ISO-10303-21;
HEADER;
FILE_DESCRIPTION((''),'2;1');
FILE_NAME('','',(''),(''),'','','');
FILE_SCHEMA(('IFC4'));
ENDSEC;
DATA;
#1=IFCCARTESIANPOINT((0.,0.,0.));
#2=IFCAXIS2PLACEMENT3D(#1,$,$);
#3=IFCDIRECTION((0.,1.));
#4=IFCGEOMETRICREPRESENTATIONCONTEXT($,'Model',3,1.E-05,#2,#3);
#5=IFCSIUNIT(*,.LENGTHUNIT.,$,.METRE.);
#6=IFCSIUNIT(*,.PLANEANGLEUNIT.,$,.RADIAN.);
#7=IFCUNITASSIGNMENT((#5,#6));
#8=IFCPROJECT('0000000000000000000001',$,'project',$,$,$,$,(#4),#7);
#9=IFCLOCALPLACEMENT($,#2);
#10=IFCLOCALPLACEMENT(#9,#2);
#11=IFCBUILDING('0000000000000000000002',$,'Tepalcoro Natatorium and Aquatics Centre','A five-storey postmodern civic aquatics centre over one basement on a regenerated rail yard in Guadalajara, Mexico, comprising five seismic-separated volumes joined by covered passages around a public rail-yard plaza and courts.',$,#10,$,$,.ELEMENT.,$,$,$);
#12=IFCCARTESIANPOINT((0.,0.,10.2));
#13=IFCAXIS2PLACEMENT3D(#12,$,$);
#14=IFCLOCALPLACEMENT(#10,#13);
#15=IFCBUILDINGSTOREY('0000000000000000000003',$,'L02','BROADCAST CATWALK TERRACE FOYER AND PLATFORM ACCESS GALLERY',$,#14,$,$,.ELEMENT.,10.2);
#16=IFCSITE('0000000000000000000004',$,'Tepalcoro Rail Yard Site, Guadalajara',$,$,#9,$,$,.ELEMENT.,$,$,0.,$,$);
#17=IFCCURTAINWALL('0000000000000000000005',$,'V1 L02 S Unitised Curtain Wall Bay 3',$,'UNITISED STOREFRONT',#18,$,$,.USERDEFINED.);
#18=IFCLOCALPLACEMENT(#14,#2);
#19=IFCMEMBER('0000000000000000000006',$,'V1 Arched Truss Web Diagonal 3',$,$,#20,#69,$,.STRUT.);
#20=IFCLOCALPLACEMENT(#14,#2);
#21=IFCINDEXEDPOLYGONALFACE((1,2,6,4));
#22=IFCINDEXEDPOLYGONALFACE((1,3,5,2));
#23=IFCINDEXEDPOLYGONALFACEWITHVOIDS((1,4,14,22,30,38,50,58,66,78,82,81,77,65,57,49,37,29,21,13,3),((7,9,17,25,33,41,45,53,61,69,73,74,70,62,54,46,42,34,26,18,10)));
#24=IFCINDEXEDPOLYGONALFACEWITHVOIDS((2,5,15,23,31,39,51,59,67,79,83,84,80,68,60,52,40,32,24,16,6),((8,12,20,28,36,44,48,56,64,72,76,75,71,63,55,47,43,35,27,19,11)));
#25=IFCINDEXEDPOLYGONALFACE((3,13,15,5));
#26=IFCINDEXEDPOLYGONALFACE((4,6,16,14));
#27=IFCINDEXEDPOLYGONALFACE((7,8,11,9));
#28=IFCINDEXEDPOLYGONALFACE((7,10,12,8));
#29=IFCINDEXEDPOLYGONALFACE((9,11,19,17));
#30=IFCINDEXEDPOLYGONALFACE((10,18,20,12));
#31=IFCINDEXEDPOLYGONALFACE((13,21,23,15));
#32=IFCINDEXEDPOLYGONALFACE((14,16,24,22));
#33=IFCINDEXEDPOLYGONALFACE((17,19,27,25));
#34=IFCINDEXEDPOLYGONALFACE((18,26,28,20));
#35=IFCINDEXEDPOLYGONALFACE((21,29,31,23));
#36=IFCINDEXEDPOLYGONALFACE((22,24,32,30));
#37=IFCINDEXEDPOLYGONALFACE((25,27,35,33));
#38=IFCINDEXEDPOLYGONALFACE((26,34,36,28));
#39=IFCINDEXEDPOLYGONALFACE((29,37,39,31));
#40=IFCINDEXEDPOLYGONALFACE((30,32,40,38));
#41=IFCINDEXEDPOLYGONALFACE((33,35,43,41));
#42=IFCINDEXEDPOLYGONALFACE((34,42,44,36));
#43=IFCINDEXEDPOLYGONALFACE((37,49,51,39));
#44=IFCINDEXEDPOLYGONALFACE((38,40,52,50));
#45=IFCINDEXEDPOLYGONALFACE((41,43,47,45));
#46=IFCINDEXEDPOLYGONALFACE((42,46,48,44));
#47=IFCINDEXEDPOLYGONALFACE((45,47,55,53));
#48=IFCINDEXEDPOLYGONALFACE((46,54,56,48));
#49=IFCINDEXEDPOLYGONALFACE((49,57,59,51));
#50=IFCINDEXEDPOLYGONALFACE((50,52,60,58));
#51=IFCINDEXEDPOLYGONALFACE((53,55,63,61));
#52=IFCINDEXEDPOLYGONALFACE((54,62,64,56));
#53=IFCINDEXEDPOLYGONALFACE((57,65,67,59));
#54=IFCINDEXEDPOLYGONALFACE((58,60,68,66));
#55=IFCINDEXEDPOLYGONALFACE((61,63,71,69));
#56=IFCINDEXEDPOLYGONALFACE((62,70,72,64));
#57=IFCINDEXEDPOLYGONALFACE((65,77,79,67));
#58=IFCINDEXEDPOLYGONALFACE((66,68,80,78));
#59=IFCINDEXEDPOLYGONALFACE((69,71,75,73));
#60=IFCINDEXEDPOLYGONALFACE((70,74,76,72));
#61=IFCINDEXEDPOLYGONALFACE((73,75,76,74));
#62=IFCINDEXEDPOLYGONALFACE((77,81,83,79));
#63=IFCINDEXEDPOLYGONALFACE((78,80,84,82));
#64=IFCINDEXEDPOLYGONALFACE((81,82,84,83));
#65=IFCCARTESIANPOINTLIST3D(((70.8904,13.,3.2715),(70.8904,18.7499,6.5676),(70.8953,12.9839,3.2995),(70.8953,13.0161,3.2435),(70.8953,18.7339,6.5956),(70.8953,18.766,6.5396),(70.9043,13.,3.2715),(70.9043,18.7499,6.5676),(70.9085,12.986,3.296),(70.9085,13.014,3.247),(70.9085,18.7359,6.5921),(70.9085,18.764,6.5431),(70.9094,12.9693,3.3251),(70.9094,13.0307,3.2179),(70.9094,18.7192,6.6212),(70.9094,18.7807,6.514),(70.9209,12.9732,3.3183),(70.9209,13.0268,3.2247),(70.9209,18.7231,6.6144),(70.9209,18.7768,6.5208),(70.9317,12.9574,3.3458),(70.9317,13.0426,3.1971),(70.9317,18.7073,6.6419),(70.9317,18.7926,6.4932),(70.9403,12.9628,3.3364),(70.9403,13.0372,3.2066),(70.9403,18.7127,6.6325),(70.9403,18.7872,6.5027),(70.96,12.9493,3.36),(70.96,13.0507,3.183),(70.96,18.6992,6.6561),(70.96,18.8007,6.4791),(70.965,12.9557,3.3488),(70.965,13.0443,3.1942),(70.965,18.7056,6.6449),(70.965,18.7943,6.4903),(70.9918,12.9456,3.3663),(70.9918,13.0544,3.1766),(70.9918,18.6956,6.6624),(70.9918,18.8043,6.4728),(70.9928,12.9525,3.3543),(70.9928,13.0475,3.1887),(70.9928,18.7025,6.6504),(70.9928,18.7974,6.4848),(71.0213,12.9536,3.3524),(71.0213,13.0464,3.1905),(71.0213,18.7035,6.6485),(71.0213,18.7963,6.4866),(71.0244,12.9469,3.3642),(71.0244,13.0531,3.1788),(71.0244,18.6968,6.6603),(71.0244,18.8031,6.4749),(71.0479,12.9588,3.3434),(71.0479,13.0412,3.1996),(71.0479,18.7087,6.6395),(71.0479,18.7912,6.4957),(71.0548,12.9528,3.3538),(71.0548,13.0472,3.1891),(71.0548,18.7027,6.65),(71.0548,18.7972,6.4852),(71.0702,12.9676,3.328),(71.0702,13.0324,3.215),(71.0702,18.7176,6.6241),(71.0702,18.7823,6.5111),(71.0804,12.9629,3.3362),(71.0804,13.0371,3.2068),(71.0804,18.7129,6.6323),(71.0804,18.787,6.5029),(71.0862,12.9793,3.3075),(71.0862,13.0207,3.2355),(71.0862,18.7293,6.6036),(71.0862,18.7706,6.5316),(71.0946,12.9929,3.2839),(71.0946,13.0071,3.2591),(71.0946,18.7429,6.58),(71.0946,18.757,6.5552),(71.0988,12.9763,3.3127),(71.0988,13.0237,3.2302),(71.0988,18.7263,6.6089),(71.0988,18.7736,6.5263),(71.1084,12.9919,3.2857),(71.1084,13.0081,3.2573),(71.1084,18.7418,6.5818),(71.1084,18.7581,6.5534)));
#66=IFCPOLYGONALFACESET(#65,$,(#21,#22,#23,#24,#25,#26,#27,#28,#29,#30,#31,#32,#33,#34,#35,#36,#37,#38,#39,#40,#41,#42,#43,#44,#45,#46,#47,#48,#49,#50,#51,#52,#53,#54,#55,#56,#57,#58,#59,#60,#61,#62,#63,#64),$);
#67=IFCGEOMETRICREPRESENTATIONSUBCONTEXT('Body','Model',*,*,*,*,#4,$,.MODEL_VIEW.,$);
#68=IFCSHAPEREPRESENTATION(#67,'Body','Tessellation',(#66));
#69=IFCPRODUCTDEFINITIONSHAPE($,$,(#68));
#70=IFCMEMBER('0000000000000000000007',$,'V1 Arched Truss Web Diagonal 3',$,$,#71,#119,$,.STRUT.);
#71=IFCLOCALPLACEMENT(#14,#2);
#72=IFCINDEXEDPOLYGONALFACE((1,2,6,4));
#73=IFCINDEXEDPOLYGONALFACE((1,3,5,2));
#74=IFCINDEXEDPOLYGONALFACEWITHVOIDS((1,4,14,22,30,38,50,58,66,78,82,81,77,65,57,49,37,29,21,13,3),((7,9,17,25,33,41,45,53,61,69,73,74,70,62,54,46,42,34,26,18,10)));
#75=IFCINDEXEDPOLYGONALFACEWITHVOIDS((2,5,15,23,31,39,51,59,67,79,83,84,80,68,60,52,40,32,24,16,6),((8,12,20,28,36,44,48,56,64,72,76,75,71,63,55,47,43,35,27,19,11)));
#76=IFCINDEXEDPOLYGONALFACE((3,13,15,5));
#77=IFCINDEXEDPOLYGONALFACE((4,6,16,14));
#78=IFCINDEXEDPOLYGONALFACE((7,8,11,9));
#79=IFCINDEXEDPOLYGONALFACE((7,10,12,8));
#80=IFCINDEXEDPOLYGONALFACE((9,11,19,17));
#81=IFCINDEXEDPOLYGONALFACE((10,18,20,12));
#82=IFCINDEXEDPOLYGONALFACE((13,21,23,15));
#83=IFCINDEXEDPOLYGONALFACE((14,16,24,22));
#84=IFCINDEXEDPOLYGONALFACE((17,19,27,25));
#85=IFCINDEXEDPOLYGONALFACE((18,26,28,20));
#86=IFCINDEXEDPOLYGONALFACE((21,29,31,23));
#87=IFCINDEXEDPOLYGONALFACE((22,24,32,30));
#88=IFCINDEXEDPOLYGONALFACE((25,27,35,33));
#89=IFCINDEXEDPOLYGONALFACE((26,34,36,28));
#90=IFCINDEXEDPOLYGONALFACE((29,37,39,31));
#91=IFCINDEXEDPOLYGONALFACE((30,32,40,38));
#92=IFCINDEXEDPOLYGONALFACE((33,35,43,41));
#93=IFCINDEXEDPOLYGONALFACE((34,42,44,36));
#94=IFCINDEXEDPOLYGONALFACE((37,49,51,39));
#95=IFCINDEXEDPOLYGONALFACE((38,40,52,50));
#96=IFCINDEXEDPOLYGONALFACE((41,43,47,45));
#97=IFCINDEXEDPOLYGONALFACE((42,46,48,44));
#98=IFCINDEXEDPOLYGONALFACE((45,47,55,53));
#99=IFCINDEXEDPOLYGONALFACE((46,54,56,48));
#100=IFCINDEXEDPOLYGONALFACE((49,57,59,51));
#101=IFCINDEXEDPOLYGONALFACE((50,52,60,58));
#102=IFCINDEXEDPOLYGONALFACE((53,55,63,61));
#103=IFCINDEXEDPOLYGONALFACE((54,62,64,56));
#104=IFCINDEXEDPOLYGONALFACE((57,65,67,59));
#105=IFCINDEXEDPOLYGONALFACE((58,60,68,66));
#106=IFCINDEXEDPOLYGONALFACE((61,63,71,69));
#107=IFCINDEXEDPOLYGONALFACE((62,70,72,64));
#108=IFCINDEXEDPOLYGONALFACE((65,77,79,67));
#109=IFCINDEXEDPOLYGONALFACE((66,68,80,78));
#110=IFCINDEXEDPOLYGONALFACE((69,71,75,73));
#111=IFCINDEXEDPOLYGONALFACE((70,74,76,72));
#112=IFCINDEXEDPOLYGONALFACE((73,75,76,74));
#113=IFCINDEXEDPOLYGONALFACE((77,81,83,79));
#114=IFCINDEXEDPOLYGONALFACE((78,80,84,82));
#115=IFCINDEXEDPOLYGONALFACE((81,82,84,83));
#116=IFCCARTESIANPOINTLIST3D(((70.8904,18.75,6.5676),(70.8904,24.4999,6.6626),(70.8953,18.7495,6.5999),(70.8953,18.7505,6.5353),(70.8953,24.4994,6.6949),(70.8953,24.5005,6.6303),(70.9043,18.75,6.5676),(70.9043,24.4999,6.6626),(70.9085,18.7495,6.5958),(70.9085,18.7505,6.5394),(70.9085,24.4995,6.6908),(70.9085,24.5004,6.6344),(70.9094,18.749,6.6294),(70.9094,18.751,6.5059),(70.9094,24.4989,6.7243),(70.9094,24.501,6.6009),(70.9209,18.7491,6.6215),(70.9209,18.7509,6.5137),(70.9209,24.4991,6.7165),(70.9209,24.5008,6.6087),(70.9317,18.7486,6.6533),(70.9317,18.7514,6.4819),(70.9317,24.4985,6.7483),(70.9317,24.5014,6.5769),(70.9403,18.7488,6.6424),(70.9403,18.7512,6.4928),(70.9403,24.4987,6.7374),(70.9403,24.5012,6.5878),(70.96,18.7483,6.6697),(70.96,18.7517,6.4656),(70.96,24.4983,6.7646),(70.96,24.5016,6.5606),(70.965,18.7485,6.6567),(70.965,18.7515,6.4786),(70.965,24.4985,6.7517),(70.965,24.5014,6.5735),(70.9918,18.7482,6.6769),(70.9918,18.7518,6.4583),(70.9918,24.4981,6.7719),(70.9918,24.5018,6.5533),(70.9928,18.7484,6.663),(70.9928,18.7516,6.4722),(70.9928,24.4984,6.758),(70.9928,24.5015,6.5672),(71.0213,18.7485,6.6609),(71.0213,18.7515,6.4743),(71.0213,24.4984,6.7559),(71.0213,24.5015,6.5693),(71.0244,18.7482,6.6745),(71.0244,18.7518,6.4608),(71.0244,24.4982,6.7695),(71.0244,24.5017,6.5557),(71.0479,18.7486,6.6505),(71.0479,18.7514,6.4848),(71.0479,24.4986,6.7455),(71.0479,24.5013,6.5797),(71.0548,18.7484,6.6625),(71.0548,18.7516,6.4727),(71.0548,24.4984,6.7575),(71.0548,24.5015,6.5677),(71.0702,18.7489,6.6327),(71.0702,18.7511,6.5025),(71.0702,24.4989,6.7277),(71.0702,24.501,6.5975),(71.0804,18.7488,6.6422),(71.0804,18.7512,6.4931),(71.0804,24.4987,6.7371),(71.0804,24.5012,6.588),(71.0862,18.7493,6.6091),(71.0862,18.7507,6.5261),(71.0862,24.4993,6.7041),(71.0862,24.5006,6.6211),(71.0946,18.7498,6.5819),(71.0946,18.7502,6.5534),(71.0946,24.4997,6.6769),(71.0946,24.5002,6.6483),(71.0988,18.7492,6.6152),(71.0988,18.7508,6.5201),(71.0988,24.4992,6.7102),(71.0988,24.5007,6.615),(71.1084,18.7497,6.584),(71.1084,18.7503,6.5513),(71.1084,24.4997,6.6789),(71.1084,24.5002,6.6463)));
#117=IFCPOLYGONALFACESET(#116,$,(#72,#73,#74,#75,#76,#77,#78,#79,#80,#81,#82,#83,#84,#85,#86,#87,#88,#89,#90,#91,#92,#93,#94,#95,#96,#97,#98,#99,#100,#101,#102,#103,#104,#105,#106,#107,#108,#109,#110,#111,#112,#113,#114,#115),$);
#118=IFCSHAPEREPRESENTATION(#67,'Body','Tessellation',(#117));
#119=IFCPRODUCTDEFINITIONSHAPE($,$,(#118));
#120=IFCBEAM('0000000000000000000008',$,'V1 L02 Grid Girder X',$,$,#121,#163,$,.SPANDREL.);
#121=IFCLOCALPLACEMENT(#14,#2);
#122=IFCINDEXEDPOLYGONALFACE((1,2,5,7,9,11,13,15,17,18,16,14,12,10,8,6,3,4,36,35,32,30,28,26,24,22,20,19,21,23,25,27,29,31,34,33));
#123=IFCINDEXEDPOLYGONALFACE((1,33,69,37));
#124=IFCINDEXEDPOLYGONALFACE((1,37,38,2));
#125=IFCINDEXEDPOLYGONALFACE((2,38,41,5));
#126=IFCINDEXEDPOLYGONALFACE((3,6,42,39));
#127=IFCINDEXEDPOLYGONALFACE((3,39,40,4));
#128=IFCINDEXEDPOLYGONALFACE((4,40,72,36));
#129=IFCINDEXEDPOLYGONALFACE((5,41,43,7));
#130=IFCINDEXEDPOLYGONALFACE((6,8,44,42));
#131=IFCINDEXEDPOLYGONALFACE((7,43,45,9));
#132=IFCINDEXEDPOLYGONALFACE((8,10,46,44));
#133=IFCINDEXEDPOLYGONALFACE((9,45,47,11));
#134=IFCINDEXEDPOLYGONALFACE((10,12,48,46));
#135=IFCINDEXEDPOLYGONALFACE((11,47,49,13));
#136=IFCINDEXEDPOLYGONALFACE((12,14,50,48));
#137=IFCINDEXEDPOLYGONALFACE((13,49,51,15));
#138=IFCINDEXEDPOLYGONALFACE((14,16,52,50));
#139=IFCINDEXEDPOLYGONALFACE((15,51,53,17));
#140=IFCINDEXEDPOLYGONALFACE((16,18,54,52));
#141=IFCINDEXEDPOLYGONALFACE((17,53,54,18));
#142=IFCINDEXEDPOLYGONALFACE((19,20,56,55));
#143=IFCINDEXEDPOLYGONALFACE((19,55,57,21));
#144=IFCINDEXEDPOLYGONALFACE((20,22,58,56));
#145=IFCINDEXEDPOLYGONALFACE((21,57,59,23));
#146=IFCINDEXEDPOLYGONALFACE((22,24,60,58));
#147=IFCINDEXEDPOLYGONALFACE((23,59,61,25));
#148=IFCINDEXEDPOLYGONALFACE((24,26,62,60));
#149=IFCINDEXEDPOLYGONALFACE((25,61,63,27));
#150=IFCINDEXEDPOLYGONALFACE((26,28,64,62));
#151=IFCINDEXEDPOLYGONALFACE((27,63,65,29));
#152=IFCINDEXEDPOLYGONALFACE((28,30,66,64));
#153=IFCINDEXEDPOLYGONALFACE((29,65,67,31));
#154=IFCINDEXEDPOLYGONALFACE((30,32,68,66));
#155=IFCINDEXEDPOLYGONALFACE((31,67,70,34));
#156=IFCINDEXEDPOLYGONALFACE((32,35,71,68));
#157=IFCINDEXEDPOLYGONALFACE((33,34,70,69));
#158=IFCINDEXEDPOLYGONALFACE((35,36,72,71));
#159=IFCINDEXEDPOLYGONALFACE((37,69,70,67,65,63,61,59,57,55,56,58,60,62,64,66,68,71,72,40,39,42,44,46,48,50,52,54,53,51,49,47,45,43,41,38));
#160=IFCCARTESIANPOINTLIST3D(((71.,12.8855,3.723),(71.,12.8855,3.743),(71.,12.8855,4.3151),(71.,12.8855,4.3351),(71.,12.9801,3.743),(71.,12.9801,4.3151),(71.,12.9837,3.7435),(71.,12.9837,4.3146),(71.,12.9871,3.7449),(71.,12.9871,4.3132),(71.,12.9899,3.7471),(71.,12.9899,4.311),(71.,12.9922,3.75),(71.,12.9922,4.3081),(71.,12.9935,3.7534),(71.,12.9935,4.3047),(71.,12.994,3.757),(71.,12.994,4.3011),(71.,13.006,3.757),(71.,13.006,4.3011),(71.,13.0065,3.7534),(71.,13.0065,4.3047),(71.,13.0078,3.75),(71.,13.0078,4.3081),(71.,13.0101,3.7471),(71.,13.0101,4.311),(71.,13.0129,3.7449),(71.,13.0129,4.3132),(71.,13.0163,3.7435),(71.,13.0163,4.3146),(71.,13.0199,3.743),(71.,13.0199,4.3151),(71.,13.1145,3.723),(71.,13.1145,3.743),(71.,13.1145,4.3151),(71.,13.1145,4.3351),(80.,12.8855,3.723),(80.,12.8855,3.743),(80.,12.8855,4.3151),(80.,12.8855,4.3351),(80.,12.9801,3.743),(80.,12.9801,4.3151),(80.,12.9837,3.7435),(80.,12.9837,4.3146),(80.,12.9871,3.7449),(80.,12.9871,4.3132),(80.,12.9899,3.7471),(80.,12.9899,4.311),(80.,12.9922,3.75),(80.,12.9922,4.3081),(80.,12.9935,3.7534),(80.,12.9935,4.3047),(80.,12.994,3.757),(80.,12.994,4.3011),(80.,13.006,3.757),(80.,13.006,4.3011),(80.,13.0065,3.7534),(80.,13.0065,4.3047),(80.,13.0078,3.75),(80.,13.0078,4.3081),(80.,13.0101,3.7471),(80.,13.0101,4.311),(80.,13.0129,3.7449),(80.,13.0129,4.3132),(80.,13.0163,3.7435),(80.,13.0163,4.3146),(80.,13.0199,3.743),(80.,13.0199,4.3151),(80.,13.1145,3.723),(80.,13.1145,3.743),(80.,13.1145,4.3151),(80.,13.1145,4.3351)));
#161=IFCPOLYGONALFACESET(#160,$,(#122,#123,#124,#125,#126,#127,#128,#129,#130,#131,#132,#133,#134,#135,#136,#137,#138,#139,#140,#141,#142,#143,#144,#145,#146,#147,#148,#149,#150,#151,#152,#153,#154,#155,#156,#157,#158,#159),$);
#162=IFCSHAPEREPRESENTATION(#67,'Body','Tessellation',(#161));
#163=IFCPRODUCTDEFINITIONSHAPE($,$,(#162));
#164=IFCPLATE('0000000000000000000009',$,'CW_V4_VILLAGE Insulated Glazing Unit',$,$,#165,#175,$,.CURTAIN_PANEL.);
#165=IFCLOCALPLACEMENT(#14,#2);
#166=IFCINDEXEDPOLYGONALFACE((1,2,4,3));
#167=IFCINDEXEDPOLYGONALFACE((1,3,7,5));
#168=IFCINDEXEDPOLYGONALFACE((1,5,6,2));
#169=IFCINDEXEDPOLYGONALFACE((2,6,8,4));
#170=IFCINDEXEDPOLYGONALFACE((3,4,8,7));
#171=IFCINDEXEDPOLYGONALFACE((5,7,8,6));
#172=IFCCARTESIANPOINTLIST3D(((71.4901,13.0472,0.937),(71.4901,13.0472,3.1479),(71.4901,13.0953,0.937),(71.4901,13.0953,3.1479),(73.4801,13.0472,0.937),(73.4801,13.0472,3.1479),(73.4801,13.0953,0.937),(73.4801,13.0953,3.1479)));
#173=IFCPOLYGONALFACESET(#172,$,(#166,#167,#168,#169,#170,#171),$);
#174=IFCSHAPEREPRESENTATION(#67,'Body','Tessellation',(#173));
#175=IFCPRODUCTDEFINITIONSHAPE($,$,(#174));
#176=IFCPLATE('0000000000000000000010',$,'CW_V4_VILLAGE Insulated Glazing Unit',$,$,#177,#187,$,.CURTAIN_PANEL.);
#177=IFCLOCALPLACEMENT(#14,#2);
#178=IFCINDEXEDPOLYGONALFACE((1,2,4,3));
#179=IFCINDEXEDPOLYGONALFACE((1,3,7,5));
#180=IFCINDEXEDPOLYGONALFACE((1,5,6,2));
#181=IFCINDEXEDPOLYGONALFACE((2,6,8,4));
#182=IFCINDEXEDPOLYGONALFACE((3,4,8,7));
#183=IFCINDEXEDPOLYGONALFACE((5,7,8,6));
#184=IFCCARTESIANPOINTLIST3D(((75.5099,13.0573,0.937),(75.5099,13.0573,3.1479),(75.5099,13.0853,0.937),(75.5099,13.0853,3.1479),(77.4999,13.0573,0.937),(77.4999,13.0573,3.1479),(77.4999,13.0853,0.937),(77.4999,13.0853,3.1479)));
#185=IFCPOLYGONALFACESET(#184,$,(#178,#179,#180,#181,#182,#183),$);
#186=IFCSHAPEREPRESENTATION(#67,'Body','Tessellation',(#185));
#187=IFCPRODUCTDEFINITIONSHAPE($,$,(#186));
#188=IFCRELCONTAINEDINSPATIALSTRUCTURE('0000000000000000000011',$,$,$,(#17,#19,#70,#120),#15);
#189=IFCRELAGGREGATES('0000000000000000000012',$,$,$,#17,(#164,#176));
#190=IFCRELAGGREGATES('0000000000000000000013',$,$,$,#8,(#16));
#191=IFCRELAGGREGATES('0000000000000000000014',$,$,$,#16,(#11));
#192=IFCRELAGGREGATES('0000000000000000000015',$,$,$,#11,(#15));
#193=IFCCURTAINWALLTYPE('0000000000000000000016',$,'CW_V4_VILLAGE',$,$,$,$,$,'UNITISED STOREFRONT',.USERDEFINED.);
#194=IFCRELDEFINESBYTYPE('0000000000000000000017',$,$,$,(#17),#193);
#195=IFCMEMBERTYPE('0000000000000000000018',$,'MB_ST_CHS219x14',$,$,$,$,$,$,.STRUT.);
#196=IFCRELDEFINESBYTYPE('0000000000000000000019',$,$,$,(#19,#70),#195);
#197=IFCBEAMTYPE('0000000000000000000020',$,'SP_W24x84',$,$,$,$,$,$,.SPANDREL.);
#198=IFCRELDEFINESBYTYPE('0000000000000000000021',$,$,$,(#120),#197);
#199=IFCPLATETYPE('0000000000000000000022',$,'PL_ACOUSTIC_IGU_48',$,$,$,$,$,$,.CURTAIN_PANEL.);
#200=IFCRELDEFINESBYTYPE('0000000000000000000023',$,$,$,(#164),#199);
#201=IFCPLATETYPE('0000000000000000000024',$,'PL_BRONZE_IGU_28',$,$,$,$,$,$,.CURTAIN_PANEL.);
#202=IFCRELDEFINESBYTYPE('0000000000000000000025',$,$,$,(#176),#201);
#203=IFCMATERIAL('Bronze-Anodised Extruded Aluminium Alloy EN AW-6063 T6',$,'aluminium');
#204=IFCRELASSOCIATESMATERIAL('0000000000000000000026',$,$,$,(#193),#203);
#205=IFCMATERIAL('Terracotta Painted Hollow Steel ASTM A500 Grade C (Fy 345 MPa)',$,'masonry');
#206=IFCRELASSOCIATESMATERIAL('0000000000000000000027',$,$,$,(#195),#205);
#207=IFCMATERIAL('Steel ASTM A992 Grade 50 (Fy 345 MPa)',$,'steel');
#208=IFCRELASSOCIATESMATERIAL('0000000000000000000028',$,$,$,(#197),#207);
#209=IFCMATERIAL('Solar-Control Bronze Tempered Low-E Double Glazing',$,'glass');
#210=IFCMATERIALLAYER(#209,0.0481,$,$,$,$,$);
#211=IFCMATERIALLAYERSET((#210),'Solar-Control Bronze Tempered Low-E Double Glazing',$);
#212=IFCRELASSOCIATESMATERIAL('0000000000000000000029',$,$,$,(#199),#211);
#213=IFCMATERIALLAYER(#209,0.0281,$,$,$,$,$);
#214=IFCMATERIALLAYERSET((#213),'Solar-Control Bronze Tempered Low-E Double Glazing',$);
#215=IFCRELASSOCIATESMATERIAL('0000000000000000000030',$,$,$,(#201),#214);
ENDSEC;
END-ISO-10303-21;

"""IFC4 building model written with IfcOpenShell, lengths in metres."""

from ifc_helpers import new_model, si_unit, direction, frame, origin, origin_2d, place, context, subcontext, project, spatial, rectangle, hollow_circle, i_section, extrude, material, layer, layer_set, material_profile, profile_set, type_object, element, aggregate, save


model = new_model("IFC4")

# Units and contexts
model_context = context("Model", 3, precision=1e-05, world=origin(), true_north=direction((0.0, 1.0)))
body_context = subcontext(model_context, "Body", "Model", "MODEL_VIEW")
ifc_project = project(units=[si_unit("LENGTHUNIT", "METRE"), si_unit("PLANEANGLEUNIT", "RADIAN")], contexts=[model_context])

# Site, building, storey
site_placement = place(None, origin())
site = spatial("IfcSite", under=ifc_project, at=site_placement, Name="Tepalcoro Rail Yard Site, Guadalajara", CompositionType="ELEMENT", RefElevation=0.0)
building_placement = place(site_placement, origin())
building = spatial("IfcBuilding", under=site, at=building_placement, Name="Tepalcoro Natatorium and Aquatics Centre", Description="A five-storey postmodern civic aquatics centre over one basement on a regenerated rail yard in Guadalajara, Mexico, comprising five seismic-separated volumes joined by covered passages around a public rail-yard plaza and courts.", CompositionType="ELEMENT")
storey_placement = place(building_placement, frame((0.0, 0.0, 10.2)))
storey = spatial("IfcBuildingStorey", under=building, at=storey_placement, Name="L02", Description="BROADCAST CATWALK TERRACE FOYER AND PLATFORM ACCESS GALLERY", CompositionType="ELEMENT", Elevation=10.2)

# Shared definitions
ifc_material_1 = material(Name="Steel ASTM A992 Grade 50 (Fy 345 MPa)", Category="steel")

# Shared definitions
ifc_material_2 = material(Name="Terracotta Painted Hollow Steel ASTM A500 Grade C (Fy 345 MPa)", Category="masonry")

# Shared definitions
ifc_material_3 = material(Name="Bronze-Anodised Extruded Aluminium Alloy EN AW-6063 T6", Category="aluminium")

# Curtain wall
curtain_wall_type_1 = type_object("IfcCurtainWallType", Name="CW_V4_VILLAGE", ElementType="UNITISED STOREFRONT", PredefinedType="USERDEFINED", material=ifc_material_3)
curtain_wall_1_placement = place(storey_placement, origin())
curtain_wall_1 = element("IfcCurtainWall", 1, at=curtain_wall_1_placement, inside=storey, type_object=curtain_wall_type_1, Name="V1 L02 S Unitised Curtain Wall Bay 3", ObjectType="UNITISED STOREFRONT", PredefinedType="USERDEFINED")

# Members
ifc_material_profile_1 = material_profile(ifc_material_2, hollow_circle(Radius=0.1096, WallThickness=0.0139, at=origin_2d()), Name="CHS219X14")
ifc_profile_set_1 = profile_set([ifc_material_profile_1], Name="Terracotta Painted Hollow Steel ASTM A500 Grade C (Fy 345 MPa)")
member_type_1 = type_object("IfcMemberType", Name="MB_ST_CHS219x14", PredefinedType="STRUT", material=ifc_profile_set_1)
member_1_placement = place(storey_placement, frame((71.0, 13.0, 3.2715), z_axis=(0.0, 0.867565, 0.497325), x_axis=(-1.0, 0.0, 0.0)))
element("IfcMember", 2, at=member_1_placement, inside=storey, type_object=member_type_1, Name="V1 Arched Truss Web Diagonal 3", PredefinedType="STRUT", context=body_context, shape_type="SweptSolid", body=[
    extrude(hollow_circle(Radius=0.1096, WallThickness=0.0139, at=origin_2d()), origin(), (0.0, 0.0, 1.0), 6.6277),
])
member_2_placement = place(storey_placement, frame((71.0, 18.75, 6.5676), z_axis=(0.0, 0.999864, 0.016514), x_axis=(-1.0, 0.0, 0.0)))
element("IfcMember", 3, at=member_2_placement, inside=storey, type_object=member_type_1, Name="V1 Arched Truss Web Diagonal 3", PredefinedType="STRUT", context=body_context, shape_type="SweptSolid", body=[
    extrude(hollow_circle(Radius=0.1096, WallThickness=0.0139, at=origin_2d()), origin(), (0.0, 0.0, 1.0), 5.7507),
])

# Beam
ifc_material_profile_2 = material_profile(ifc_material_1, i_section(OverallWidth=0.229, OverallDepth=0.6121, WebThickness=0.012, FlangeThickness=0.02, FilletRadius=0.0139, at=origin_2d()), Name="W24X84")
ifc_profile_set_2 = profile_set([ifc_material_profile_2], Name="Steel ASTM A992 Grade 50 (Fy 345 MPa)")
beam_type_1 = type_object("IfcBeamType", Name="SP_W24x84", PredefinedType="SPANDREL", material=ifc_profile_set_2)
beam_placement = place(storey_placement, frame((71.0, 13.0, 4.0291), z_axis=(1.0, 0.0, 0.0), x_axis=(0.0, 1.0, 0.0)))
element("IfcBeam", 4, at=beam_placement, inside=storey, type_object=beam_type_1, Name="V1 L02 Grid Girder X", PredefinedType="SPANDREL", context=body_context, shape_type="SweptSolid", body=[
    extrude(i_section(OverallWidth=0.229, OverallDepth=0.6121, WebThickness=0.012, FlangeThickness=0.02, FilletRadius=0.0139, at=origin_2d()), origin(), (0.0, 0.0, 1.0), 9.0),
])

# Plates
ifc_material_4 = material(Name="Solar-Control Bronze Tempered Low-E Double Glazing", Category="glass")
ifc_layer_1 = layer(ifc_material_4, 0.0481)
ifc_layer_set_1 = layer_set([ifc_layer_1], Name="Solar-Control Bronze Tempered Low-E Double Glazing")
plate_type_1 = type_object("IfcPlateType", Name="PL_ACOUSTIC_IGU_48", PredefinedType="CURTAIN_PANEL", material=ifc_layer_set_1)
plate_1_placement = place(storey_placement, frame((72.4851, 13.0713, 0.937), z_axis=(0.0, 0.0, 1.0), x_axis=(1.0, 0.0, 0.0)))
plate_1 = element("IfcPlate", 5, at=plate_1_placement, type_object=plate_type_1, Name="CW_V4_VILLAGE Insulated Glazing Unit", PredefinedType="CURTAIN_PANEL", context=body_context, shape_type="SweptSolid", body=[
    extrude(rectangle(XDim=1.99, YDim=0.0481, at=origin_2d()), origin(), (0.0, 0.0, 1.0), 2.2109),
])
ifc_layer_2 = layer(ifc_material_4, 0.0281)
ifc_layer_set_2 = layer_set([ifc_layer_2], Name="Solar-Control Bronze Tempered Low-E Double Glazing")
plate_type_2 = type_object("IfcPlateType", Name="PL_BRONZE_IGU_28", PredefinedType="CURTAIN_PANEL", material=ifc_layer_set_2)
plate_2_placement = place(storey_placement, frame((76.5049, 13.0713, 0.937), z_axis=(0.0, 0.0, 1.0), x_axis=(1.0, 0.0, 0.0)))
plate_2 = element("IfcPlate", 6, at=plate_2_placement, type_object=plate_type_2, Name="CW_V4_VILLAGE Insulated Glazing Unit", PredefinedType="CURTAIN_PANEL", context=body_context, shape_type="SweptSolid", body=[
    extrude(rectangle(XDim=1.99, YDim=0.0281, at=origin_2d()), origin(), (0.0, 0.0, 1.0), 2.2109),
])

aggregate(curtain_wall_1, [plate_1, plate_2])

save(model, "model.ifc")
